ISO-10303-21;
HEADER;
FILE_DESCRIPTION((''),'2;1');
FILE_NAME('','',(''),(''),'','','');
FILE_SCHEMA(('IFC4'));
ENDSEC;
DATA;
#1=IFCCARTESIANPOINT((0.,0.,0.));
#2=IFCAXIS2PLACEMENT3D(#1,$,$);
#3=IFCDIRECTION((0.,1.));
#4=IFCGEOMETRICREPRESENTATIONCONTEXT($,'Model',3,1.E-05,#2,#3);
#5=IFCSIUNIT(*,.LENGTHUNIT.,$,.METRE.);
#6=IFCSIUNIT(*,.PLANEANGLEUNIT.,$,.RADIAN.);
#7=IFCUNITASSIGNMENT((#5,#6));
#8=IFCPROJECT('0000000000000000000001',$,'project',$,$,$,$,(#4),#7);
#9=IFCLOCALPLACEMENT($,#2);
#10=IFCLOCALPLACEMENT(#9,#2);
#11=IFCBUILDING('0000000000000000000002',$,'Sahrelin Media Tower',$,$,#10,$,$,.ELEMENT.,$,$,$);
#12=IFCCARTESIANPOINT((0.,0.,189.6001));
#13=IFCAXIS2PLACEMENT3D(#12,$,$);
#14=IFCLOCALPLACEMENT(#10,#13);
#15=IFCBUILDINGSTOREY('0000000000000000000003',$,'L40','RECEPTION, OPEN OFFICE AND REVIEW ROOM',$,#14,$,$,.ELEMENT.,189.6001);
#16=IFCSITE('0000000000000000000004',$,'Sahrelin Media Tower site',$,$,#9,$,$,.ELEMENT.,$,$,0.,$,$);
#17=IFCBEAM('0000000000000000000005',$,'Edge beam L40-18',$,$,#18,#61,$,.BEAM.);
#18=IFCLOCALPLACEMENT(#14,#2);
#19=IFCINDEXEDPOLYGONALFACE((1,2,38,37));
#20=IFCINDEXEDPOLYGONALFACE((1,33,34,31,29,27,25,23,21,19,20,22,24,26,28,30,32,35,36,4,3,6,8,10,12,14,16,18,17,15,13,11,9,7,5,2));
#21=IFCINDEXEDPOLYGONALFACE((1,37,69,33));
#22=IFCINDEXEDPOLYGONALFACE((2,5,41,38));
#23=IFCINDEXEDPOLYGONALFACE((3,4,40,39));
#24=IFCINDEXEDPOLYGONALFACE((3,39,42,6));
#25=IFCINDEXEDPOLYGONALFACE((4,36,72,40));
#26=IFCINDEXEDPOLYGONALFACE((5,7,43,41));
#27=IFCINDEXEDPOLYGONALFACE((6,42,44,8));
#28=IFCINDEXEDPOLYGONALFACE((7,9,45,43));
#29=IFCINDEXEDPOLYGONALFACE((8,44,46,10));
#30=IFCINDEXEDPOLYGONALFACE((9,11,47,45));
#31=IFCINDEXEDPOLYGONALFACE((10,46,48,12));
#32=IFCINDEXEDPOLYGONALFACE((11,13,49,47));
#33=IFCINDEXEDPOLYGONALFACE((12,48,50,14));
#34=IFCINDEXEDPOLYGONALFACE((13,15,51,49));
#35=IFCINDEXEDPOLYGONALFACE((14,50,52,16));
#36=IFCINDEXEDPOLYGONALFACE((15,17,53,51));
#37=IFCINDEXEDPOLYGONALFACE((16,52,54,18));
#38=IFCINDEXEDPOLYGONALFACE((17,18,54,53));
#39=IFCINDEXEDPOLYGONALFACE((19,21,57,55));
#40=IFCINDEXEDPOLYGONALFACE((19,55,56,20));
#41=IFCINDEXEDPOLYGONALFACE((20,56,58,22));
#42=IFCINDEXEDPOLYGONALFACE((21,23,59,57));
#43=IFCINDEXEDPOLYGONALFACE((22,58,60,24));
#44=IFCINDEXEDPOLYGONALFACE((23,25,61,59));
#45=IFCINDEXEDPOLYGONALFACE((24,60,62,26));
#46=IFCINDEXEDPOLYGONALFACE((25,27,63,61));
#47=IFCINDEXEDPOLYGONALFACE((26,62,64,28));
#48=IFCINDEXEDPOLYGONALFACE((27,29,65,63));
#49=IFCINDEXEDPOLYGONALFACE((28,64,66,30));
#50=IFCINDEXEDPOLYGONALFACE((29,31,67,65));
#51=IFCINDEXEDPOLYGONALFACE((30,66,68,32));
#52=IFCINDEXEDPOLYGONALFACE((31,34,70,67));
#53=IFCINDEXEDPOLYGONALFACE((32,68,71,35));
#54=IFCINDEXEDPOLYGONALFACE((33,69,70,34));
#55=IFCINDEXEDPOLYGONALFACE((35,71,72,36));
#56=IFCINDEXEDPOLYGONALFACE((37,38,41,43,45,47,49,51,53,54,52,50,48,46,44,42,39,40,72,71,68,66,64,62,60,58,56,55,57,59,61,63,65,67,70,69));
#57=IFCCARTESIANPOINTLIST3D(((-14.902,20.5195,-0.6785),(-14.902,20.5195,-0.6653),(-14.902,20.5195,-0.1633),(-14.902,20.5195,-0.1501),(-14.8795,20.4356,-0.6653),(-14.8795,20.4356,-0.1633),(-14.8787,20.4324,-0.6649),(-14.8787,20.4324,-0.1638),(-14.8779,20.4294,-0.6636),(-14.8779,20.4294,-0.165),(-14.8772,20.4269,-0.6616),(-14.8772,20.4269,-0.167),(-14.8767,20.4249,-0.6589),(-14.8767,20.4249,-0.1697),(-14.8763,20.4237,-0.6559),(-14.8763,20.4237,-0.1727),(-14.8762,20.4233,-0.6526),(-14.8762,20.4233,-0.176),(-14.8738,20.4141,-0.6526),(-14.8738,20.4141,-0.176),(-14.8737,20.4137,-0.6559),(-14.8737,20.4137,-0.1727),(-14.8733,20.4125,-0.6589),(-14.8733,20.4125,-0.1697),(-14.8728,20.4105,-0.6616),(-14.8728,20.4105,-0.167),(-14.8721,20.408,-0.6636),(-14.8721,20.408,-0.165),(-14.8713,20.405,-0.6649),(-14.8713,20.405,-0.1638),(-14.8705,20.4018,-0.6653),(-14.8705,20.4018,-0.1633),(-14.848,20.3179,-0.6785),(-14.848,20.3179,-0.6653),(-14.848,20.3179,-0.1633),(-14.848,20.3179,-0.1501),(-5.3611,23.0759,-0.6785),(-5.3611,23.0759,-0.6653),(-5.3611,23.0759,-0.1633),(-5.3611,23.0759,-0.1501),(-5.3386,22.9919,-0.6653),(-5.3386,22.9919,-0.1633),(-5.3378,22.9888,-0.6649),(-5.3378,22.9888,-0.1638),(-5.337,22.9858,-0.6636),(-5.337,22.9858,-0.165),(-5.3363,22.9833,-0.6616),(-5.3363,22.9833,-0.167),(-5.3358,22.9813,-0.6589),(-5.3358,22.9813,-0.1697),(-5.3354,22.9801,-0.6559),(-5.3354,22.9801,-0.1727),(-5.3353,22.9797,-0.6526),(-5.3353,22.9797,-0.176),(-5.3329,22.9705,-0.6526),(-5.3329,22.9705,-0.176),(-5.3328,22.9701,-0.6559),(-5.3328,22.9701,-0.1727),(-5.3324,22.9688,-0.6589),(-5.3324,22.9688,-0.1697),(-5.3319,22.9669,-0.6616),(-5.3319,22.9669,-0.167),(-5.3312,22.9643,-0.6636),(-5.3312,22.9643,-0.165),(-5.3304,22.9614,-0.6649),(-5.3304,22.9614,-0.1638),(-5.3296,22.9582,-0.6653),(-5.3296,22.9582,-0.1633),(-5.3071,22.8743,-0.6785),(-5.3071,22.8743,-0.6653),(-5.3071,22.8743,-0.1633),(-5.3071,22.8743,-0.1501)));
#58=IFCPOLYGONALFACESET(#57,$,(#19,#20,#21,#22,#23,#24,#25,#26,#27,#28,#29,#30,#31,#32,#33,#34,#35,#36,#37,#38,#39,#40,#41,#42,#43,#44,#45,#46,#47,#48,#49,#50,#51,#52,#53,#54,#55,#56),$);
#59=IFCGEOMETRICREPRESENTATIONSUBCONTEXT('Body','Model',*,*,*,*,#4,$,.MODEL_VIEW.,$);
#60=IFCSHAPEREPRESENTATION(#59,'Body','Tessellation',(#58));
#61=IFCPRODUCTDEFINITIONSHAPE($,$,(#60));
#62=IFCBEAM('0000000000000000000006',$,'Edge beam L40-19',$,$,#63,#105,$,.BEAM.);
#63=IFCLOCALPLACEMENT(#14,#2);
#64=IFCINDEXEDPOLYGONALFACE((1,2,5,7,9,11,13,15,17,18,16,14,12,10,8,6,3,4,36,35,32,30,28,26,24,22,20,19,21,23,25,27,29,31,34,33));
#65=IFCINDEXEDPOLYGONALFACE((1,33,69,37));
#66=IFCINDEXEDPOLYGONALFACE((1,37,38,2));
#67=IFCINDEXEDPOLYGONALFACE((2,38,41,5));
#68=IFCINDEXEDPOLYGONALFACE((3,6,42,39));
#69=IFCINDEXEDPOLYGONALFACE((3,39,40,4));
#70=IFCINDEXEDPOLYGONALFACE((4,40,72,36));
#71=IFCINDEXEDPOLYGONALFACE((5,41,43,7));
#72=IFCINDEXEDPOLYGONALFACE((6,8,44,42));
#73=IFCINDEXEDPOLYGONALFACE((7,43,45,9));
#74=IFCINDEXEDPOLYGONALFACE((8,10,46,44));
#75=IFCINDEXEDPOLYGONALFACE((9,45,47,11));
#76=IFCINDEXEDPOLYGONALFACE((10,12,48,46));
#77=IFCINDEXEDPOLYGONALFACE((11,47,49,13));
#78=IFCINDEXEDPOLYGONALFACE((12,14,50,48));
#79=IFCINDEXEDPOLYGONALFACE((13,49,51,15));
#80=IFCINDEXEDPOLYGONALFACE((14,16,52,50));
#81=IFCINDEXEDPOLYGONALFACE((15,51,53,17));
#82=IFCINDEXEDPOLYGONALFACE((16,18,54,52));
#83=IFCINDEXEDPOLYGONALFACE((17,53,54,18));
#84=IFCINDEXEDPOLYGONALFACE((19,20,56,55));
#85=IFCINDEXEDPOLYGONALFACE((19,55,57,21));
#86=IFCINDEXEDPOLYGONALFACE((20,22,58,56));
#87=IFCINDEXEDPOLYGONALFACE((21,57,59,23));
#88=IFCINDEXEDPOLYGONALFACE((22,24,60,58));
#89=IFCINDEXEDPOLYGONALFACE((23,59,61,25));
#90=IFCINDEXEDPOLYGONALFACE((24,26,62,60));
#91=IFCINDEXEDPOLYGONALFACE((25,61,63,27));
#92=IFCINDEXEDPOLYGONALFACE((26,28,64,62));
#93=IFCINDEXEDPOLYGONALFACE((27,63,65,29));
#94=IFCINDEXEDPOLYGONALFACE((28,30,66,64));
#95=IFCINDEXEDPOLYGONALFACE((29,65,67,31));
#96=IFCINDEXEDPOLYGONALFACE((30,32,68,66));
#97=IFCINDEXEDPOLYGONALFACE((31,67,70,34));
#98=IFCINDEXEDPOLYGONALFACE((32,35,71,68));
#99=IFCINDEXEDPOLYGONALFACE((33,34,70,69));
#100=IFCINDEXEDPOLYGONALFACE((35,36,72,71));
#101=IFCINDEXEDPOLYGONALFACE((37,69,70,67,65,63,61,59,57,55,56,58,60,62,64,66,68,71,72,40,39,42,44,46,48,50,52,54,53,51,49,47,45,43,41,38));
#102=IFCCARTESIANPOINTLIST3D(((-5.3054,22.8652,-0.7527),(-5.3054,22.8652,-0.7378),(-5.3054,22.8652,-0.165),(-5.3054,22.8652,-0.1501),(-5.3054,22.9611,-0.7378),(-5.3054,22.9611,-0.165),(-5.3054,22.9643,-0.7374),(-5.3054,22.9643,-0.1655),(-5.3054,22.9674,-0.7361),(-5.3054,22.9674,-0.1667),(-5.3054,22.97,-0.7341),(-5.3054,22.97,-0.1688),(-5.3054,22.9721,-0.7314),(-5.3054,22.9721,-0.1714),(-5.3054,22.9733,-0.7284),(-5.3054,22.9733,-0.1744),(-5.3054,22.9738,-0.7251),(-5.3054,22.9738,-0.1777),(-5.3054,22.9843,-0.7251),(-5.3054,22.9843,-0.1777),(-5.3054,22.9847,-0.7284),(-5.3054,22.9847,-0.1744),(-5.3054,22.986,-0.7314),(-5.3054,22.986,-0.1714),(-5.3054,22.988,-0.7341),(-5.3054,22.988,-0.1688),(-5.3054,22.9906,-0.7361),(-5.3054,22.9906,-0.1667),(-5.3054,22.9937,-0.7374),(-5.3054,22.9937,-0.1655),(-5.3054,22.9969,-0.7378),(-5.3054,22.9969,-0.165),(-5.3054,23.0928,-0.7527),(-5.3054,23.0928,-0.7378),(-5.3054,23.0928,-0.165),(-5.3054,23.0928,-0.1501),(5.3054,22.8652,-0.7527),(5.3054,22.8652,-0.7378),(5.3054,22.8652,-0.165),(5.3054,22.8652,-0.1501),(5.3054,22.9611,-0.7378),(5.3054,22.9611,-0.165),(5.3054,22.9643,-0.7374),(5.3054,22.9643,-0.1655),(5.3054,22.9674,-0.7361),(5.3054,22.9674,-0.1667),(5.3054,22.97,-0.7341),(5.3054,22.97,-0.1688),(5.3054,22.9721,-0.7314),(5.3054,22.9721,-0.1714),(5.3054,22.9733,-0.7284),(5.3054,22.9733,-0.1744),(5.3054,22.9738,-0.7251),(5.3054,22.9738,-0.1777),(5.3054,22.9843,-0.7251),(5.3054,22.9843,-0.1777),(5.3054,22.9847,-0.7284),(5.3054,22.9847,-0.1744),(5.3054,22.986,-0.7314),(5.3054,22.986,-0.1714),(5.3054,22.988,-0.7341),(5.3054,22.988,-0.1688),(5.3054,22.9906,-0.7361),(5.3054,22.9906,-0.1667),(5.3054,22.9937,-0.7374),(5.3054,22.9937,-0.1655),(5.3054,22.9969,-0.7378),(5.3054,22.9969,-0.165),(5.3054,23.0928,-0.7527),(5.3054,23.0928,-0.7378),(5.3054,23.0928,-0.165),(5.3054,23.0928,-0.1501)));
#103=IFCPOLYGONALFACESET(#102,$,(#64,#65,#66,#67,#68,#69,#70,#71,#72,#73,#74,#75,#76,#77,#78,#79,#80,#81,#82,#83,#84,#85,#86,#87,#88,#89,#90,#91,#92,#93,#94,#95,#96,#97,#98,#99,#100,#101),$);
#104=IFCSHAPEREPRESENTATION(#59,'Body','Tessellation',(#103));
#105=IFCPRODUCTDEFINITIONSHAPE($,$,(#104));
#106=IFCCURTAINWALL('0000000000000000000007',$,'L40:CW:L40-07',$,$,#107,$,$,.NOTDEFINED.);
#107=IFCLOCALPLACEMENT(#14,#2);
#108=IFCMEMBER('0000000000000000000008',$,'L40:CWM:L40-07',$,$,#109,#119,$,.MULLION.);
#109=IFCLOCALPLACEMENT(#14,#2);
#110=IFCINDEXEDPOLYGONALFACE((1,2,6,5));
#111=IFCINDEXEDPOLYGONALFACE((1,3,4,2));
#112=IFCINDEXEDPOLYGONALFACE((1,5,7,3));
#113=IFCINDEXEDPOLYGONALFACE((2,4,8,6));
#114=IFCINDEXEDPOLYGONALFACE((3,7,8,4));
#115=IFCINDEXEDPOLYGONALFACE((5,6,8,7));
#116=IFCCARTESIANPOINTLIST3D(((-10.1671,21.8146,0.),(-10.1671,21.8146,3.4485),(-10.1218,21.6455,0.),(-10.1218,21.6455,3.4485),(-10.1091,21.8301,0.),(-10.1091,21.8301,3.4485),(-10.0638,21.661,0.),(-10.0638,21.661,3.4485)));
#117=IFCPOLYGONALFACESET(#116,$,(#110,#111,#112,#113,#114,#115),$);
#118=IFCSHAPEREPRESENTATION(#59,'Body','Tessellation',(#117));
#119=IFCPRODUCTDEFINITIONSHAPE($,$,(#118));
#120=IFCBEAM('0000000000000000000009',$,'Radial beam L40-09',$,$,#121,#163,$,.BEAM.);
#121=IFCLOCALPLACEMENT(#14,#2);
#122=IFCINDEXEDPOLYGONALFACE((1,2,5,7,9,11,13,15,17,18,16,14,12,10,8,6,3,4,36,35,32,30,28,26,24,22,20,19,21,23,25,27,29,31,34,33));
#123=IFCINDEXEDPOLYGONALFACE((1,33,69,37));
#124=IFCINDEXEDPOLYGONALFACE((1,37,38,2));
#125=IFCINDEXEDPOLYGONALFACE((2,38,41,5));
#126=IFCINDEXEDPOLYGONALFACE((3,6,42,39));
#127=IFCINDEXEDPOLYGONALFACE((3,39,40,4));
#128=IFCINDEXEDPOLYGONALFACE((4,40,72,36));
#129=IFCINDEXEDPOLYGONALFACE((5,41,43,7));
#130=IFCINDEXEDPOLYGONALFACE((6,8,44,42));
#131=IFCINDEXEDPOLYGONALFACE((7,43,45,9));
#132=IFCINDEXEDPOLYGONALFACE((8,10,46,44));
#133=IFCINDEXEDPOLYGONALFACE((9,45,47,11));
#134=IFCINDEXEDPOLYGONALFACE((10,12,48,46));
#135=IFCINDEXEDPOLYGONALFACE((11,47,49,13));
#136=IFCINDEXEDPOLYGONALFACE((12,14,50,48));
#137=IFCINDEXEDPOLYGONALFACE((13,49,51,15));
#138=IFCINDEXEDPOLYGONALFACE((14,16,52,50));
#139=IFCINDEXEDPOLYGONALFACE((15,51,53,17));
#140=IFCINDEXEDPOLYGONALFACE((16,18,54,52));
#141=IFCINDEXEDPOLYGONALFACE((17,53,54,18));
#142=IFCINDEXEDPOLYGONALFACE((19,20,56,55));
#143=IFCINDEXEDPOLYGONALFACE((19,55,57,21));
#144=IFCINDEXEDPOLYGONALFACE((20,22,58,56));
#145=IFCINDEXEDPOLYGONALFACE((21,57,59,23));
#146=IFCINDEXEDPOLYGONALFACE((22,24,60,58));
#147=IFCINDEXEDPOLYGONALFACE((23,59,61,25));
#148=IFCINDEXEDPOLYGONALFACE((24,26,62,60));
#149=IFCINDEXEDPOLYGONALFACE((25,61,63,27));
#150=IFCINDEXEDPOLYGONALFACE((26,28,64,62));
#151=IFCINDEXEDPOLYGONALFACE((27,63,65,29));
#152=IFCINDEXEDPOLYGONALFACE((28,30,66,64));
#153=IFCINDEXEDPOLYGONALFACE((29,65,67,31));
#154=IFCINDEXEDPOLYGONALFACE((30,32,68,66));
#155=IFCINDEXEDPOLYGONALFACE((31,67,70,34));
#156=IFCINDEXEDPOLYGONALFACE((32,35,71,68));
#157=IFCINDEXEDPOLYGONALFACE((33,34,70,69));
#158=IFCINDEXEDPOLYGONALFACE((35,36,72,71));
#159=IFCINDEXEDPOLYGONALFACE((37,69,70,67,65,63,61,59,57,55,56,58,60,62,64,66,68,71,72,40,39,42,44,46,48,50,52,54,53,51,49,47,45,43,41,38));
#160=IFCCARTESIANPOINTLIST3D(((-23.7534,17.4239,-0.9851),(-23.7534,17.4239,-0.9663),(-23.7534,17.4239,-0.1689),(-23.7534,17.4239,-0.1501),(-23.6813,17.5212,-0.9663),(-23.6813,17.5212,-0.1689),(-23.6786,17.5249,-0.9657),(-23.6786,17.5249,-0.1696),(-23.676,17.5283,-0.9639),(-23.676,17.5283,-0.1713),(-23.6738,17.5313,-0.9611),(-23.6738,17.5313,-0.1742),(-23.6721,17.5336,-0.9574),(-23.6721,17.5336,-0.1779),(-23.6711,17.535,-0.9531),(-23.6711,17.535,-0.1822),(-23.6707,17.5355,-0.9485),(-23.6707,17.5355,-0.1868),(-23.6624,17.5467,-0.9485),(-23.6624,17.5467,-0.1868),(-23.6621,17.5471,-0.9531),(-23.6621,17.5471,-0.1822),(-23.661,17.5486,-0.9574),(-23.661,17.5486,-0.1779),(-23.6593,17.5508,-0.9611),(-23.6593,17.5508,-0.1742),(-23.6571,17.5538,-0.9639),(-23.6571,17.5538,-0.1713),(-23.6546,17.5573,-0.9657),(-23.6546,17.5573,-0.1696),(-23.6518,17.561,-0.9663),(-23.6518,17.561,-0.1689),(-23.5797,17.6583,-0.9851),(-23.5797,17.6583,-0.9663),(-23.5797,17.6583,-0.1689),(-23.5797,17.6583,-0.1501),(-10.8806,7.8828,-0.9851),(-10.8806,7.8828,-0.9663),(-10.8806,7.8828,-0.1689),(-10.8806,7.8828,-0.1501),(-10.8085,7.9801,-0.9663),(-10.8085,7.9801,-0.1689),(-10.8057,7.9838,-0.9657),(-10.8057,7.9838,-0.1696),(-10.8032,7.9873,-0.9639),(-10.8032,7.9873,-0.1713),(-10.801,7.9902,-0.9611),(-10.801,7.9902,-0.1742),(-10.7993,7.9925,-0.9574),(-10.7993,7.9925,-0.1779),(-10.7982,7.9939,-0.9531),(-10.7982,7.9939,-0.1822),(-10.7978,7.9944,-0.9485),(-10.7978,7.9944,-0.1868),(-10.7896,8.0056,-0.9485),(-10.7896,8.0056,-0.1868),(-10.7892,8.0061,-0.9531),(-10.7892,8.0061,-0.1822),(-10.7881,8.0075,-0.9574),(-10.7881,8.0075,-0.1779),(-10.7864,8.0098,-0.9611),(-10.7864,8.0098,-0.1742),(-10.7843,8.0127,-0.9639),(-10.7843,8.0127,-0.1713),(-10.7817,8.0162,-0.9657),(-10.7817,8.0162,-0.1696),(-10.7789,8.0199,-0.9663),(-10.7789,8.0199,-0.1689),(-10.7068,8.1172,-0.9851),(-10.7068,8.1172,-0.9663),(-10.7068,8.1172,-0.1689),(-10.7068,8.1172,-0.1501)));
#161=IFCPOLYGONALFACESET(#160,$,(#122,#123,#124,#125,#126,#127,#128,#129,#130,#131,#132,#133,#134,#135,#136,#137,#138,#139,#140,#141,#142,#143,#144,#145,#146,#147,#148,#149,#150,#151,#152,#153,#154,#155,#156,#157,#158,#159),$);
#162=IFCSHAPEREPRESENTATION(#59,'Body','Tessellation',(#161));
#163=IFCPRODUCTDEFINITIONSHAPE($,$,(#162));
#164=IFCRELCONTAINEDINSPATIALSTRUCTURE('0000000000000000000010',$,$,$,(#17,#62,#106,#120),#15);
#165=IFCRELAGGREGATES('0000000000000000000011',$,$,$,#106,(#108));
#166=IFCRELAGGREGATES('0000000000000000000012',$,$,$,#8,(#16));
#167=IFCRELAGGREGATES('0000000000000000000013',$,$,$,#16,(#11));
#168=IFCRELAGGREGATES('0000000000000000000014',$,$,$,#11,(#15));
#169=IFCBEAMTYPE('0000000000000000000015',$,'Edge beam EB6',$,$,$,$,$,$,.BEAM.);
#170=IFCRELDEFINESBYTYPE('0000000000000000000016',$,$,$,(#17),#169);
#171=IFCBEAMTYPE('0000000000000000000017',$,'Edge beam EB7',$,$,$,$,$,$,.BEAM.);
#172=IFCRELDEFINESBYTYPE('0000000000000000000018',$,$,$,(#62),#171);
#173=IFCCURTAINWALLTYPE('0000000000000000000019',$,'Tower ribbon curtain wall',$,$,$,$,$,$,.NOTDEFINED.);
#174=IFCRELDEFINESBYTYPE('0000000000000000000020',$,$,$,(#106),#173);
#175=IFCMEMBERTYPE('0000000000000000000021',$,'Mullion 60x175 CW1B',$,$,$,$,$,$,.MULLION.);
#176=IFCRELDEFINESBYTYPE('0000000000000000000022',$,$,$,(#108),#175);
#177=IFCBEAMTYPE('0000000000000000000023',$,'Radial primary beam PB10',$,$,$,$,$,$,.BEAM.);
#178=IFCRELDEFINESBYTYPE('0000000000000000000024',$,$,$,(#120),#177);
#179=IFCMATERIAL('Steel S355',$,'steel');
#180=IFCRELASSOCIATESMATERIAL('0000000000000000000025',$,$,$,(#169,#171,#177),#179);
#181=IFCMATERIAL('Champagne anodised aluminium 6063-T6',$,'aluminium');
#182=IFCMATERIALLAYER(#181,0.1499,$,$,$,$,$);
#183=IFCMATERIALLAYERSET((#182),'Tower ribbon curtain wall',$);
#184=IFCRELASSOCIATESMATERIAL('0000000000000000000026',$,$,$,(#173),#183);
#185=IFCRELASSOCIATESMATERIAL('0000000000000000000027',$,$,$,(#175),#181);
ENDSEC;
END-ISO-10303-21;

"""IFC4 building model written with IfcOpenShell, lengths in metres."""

from ifc_helpers import new_model, si_unit, direction, frame, origin, origin_2d, place, context, subcontext, project, spatial, rectangle, i_section, extrude, material, layer, layer_set, material_profile, profile_set, type_object, element, aggregate, save


model = new_model("IFC4")

# Units and contexts
model_context = context("Model", 3, precision=1e-05, world=origin(), true_north=direction((0.0, 1.0)))
body_context = subcontext(model_context, "Body", "Model", "MODEL_VIEW")
ifc_project = project(units=[si_unit("LENGTHUNIT", "METRE"), si_unit("PLANEANGLEUNIT", "RADIAN")], contexts=[model_context])

# Site, building, storey
site_placement = place(None, origin())
site = spatial("IfcSite", under=ifc_project, at=site_placement, Name="Sahrelin Media Tower site", CompositionType="ELEMENT", RefElevation=0.0)
building_placement = place(site_placement, origin())
building = spatial("IfcBuilding", under=site, at=building_placement, Name="Sahrelin Media Tower", CompositionType="ELEMENT")
storey_placement = place(building_placement, frame((0.0, 0.0, 189.6001)))
storey = spatial("IfcBuildingStorey", under=building, at=storey_placement, Name="L40", Description="RECEPTION, OPEN OFFICE AND REVIEW ROOM", CompositionType="ELEMENT", Elevation=189.6001)

# Beams
ifc_material_1 = material(Name="Steel S355", Category="steel")
ifc_material_profile_1 = material_profile(ifc_material_1, i_section(OverallWidth=0.2087, OverallDepth=0.5283, WebThickness=0.0095, FlangeThickness=0.0132, FilletRadius=0.0127, at=origin_2d()), Name="UB 533x210x82")
ifc_profile_set_1 = profile_set([ifc_material_profile_1], Name="Steel S355")
beam_type_1 = type_object("IfcBeamType", Name="Edge beam EB6", PredefinedType="BEAM", material=ifc_profile_set_1)
beam_1_placement = place(storey_placement, frame((-14.875, 20.4187, -0.4143), z_axis=(0.965929, 0.258809, 0.0), x_axis=(-0.258809, 0.965929, 0.0)))
element("IfcBeam", 1, at=beam_1_placement, inside=storey, type_object=beam_type_1, Name="Edge beam L40-18", PredefinedType="BEAM", context=body_context, shape_type="SweptSolid", body=[
    extrude(i_section(OverallWidth=0.2087, OverallDepth=0.5283, WebThickness=0.0095, FlangeThickness=0.0132, FilletRadius=0.0127, at=origin_2d()), origin(), (0.0, 0.0, 1.0), 9.8774),
])
ifc_material_profile_2 = material_profile(ifc_material_1, i_section(OverallWidth=0.2275, OverallDepth=0.6025, WebThickness=0.0105, FlangeThickness=0.0149, FilletRadius=0.0127, at=origin_2d()), Name="UB 610x229x101")
ifc_profile_set_2 = profile_set([ifc_material_profile_2], Name="Steel S355")
beam_type_2 = type_object("IfcBeamType", Name="Edge beam EB7", PredefinedType="BEAM", material=ifc_profile_set_2)
beam_2_placement = place(storey_placement, frame((-5.3054, 22.979, -0.4514), z_axis=(1.0, 0.0, 0.0), x_axis=(0.0, 1.0, 0.0)))
element("IfcBeam", 2, at=beam_2_placement, inside=storey, type_object=beam_type_2, Name="Edge beam L40-19", PredefinedType="BEAM", context=body_context, shape_type="SweptSolid", body=[
    extrude(i_section(OverallWidth=0.2275, OverallDepth=0.6025, WebThickness=0.0105, FlangeThickness=0.0149, FilletRadius=0.0127, at=origin_2d()), origin(), (0.0, 0.0, 1.0), 10.6108),
])

# Curtain wall, member
ifc_material_2 = material(Name="Champagne anodised aluminium 6063-T6", Category="aluminium")
ifc_layer_1 = layer(ifc_material_2, 0.1499)
ifc_layer_set_1 = layer_set([ifc_layer_1], Name="Tower ribbon curtain wall")
curtain_wall_type = type_object("IfcCurtainWallType", Name="Tower ribbon curtain wall", PredefinedType="NOTDEFINED", material=ifc_layer_set_1)
curtain_wall_1_placement = place(storey_placement, frame((-10.1433, 21.8418, 0.0), z_axis=(0.0, 0.0, 1.0), x_axis=(1.0, 0.0, 0.0)))
curtain_wall_1 = element("IfcCurtainWall", 3, at=curtain_wall_1_placement, inside=storey, type_object=curtain_wall_type, Name="L40:CW:L40-07", PredefinedType="NOTDEFINED")
ifc_material_profile_3 = material_profile(ifc_material_2, rectangle(XDim=0.0601, YDim=0.175, at=origin_2d()), Name="Mullion 60x175")
ifc_profile_set_3 = profile_set([ifc_material_profile_3], Name="Champagne anodised aluminium 6063-T6")
member_type_1 = type_object("IfcMemberType", Name="Mullion 60x175 CW1B", PredefinedType="MULLION", material=ifc_profile_set_3)
member_1_placement = place(storey_placement, frame((-10.1155, 21.7378, 0.0), z_axis=(0.0, 0.0, 1.0), x_axis=(-0.965925, -0.258822, 0.0)))
member_1 = element("IfcMember", 4, at=member_1_placement, type_object=member_type_1, Name="L40:CWM:L40-07", PredefinedType="MULLION", context=body_context, shape_type="SweptSolid", body=[
    extrude(rectangle(XDim=0.0601, YDim=0.175, at=origin_2d()), origin(), (0.0, 0.0, 1.0), 3.4485),
])

# Beam
ifc_material_profile_4 = material_profile(ifc_material_1, i_section(OverallWidth=0.2917, OverallDepth=0.835, WebThickness=0.0139, FlangeThickness=0.0188, FilletRadius=0.0178, at=origin_2d()), Name="UB 838x292x176")
ifc_profile_set_4 = profile_set([ifc_material_profile_4], Name="Steel S355")
beam_type_3 = type_object("IfcBeamType", Name="Radial primary beam PB10", PredefinedType="BEAM", material=ifc_profile_set_4)
beam_3_placement = place(storey_placement, frame((-10.7937, 8.0, -0.5676), z_axis=(-0.80339, 0.595453, 0.0), x_axis=(-0.595453, -0.80339, 0.0)))
element("IfcBeam", 5, at=beam_3_placement, inside=storey, type_object=beam_type_3, Name="Radial beam L40-09", PredefinedType="BEAM", context=body_context, shape_type="SweptSolid", body=[
    extrude(i_section(OverallWidth=0.2917, OverallDepth=0.835, WebThickness=0.0139, FlangeThickness=0.0188, FilletRadius=0.0178, at=origin_2d()), origin(), (0.0, 0.0, 1.0), 16.0232),
])

aggregate(curtain_wall_1, [member_1])

save(model, "model.ifc")
